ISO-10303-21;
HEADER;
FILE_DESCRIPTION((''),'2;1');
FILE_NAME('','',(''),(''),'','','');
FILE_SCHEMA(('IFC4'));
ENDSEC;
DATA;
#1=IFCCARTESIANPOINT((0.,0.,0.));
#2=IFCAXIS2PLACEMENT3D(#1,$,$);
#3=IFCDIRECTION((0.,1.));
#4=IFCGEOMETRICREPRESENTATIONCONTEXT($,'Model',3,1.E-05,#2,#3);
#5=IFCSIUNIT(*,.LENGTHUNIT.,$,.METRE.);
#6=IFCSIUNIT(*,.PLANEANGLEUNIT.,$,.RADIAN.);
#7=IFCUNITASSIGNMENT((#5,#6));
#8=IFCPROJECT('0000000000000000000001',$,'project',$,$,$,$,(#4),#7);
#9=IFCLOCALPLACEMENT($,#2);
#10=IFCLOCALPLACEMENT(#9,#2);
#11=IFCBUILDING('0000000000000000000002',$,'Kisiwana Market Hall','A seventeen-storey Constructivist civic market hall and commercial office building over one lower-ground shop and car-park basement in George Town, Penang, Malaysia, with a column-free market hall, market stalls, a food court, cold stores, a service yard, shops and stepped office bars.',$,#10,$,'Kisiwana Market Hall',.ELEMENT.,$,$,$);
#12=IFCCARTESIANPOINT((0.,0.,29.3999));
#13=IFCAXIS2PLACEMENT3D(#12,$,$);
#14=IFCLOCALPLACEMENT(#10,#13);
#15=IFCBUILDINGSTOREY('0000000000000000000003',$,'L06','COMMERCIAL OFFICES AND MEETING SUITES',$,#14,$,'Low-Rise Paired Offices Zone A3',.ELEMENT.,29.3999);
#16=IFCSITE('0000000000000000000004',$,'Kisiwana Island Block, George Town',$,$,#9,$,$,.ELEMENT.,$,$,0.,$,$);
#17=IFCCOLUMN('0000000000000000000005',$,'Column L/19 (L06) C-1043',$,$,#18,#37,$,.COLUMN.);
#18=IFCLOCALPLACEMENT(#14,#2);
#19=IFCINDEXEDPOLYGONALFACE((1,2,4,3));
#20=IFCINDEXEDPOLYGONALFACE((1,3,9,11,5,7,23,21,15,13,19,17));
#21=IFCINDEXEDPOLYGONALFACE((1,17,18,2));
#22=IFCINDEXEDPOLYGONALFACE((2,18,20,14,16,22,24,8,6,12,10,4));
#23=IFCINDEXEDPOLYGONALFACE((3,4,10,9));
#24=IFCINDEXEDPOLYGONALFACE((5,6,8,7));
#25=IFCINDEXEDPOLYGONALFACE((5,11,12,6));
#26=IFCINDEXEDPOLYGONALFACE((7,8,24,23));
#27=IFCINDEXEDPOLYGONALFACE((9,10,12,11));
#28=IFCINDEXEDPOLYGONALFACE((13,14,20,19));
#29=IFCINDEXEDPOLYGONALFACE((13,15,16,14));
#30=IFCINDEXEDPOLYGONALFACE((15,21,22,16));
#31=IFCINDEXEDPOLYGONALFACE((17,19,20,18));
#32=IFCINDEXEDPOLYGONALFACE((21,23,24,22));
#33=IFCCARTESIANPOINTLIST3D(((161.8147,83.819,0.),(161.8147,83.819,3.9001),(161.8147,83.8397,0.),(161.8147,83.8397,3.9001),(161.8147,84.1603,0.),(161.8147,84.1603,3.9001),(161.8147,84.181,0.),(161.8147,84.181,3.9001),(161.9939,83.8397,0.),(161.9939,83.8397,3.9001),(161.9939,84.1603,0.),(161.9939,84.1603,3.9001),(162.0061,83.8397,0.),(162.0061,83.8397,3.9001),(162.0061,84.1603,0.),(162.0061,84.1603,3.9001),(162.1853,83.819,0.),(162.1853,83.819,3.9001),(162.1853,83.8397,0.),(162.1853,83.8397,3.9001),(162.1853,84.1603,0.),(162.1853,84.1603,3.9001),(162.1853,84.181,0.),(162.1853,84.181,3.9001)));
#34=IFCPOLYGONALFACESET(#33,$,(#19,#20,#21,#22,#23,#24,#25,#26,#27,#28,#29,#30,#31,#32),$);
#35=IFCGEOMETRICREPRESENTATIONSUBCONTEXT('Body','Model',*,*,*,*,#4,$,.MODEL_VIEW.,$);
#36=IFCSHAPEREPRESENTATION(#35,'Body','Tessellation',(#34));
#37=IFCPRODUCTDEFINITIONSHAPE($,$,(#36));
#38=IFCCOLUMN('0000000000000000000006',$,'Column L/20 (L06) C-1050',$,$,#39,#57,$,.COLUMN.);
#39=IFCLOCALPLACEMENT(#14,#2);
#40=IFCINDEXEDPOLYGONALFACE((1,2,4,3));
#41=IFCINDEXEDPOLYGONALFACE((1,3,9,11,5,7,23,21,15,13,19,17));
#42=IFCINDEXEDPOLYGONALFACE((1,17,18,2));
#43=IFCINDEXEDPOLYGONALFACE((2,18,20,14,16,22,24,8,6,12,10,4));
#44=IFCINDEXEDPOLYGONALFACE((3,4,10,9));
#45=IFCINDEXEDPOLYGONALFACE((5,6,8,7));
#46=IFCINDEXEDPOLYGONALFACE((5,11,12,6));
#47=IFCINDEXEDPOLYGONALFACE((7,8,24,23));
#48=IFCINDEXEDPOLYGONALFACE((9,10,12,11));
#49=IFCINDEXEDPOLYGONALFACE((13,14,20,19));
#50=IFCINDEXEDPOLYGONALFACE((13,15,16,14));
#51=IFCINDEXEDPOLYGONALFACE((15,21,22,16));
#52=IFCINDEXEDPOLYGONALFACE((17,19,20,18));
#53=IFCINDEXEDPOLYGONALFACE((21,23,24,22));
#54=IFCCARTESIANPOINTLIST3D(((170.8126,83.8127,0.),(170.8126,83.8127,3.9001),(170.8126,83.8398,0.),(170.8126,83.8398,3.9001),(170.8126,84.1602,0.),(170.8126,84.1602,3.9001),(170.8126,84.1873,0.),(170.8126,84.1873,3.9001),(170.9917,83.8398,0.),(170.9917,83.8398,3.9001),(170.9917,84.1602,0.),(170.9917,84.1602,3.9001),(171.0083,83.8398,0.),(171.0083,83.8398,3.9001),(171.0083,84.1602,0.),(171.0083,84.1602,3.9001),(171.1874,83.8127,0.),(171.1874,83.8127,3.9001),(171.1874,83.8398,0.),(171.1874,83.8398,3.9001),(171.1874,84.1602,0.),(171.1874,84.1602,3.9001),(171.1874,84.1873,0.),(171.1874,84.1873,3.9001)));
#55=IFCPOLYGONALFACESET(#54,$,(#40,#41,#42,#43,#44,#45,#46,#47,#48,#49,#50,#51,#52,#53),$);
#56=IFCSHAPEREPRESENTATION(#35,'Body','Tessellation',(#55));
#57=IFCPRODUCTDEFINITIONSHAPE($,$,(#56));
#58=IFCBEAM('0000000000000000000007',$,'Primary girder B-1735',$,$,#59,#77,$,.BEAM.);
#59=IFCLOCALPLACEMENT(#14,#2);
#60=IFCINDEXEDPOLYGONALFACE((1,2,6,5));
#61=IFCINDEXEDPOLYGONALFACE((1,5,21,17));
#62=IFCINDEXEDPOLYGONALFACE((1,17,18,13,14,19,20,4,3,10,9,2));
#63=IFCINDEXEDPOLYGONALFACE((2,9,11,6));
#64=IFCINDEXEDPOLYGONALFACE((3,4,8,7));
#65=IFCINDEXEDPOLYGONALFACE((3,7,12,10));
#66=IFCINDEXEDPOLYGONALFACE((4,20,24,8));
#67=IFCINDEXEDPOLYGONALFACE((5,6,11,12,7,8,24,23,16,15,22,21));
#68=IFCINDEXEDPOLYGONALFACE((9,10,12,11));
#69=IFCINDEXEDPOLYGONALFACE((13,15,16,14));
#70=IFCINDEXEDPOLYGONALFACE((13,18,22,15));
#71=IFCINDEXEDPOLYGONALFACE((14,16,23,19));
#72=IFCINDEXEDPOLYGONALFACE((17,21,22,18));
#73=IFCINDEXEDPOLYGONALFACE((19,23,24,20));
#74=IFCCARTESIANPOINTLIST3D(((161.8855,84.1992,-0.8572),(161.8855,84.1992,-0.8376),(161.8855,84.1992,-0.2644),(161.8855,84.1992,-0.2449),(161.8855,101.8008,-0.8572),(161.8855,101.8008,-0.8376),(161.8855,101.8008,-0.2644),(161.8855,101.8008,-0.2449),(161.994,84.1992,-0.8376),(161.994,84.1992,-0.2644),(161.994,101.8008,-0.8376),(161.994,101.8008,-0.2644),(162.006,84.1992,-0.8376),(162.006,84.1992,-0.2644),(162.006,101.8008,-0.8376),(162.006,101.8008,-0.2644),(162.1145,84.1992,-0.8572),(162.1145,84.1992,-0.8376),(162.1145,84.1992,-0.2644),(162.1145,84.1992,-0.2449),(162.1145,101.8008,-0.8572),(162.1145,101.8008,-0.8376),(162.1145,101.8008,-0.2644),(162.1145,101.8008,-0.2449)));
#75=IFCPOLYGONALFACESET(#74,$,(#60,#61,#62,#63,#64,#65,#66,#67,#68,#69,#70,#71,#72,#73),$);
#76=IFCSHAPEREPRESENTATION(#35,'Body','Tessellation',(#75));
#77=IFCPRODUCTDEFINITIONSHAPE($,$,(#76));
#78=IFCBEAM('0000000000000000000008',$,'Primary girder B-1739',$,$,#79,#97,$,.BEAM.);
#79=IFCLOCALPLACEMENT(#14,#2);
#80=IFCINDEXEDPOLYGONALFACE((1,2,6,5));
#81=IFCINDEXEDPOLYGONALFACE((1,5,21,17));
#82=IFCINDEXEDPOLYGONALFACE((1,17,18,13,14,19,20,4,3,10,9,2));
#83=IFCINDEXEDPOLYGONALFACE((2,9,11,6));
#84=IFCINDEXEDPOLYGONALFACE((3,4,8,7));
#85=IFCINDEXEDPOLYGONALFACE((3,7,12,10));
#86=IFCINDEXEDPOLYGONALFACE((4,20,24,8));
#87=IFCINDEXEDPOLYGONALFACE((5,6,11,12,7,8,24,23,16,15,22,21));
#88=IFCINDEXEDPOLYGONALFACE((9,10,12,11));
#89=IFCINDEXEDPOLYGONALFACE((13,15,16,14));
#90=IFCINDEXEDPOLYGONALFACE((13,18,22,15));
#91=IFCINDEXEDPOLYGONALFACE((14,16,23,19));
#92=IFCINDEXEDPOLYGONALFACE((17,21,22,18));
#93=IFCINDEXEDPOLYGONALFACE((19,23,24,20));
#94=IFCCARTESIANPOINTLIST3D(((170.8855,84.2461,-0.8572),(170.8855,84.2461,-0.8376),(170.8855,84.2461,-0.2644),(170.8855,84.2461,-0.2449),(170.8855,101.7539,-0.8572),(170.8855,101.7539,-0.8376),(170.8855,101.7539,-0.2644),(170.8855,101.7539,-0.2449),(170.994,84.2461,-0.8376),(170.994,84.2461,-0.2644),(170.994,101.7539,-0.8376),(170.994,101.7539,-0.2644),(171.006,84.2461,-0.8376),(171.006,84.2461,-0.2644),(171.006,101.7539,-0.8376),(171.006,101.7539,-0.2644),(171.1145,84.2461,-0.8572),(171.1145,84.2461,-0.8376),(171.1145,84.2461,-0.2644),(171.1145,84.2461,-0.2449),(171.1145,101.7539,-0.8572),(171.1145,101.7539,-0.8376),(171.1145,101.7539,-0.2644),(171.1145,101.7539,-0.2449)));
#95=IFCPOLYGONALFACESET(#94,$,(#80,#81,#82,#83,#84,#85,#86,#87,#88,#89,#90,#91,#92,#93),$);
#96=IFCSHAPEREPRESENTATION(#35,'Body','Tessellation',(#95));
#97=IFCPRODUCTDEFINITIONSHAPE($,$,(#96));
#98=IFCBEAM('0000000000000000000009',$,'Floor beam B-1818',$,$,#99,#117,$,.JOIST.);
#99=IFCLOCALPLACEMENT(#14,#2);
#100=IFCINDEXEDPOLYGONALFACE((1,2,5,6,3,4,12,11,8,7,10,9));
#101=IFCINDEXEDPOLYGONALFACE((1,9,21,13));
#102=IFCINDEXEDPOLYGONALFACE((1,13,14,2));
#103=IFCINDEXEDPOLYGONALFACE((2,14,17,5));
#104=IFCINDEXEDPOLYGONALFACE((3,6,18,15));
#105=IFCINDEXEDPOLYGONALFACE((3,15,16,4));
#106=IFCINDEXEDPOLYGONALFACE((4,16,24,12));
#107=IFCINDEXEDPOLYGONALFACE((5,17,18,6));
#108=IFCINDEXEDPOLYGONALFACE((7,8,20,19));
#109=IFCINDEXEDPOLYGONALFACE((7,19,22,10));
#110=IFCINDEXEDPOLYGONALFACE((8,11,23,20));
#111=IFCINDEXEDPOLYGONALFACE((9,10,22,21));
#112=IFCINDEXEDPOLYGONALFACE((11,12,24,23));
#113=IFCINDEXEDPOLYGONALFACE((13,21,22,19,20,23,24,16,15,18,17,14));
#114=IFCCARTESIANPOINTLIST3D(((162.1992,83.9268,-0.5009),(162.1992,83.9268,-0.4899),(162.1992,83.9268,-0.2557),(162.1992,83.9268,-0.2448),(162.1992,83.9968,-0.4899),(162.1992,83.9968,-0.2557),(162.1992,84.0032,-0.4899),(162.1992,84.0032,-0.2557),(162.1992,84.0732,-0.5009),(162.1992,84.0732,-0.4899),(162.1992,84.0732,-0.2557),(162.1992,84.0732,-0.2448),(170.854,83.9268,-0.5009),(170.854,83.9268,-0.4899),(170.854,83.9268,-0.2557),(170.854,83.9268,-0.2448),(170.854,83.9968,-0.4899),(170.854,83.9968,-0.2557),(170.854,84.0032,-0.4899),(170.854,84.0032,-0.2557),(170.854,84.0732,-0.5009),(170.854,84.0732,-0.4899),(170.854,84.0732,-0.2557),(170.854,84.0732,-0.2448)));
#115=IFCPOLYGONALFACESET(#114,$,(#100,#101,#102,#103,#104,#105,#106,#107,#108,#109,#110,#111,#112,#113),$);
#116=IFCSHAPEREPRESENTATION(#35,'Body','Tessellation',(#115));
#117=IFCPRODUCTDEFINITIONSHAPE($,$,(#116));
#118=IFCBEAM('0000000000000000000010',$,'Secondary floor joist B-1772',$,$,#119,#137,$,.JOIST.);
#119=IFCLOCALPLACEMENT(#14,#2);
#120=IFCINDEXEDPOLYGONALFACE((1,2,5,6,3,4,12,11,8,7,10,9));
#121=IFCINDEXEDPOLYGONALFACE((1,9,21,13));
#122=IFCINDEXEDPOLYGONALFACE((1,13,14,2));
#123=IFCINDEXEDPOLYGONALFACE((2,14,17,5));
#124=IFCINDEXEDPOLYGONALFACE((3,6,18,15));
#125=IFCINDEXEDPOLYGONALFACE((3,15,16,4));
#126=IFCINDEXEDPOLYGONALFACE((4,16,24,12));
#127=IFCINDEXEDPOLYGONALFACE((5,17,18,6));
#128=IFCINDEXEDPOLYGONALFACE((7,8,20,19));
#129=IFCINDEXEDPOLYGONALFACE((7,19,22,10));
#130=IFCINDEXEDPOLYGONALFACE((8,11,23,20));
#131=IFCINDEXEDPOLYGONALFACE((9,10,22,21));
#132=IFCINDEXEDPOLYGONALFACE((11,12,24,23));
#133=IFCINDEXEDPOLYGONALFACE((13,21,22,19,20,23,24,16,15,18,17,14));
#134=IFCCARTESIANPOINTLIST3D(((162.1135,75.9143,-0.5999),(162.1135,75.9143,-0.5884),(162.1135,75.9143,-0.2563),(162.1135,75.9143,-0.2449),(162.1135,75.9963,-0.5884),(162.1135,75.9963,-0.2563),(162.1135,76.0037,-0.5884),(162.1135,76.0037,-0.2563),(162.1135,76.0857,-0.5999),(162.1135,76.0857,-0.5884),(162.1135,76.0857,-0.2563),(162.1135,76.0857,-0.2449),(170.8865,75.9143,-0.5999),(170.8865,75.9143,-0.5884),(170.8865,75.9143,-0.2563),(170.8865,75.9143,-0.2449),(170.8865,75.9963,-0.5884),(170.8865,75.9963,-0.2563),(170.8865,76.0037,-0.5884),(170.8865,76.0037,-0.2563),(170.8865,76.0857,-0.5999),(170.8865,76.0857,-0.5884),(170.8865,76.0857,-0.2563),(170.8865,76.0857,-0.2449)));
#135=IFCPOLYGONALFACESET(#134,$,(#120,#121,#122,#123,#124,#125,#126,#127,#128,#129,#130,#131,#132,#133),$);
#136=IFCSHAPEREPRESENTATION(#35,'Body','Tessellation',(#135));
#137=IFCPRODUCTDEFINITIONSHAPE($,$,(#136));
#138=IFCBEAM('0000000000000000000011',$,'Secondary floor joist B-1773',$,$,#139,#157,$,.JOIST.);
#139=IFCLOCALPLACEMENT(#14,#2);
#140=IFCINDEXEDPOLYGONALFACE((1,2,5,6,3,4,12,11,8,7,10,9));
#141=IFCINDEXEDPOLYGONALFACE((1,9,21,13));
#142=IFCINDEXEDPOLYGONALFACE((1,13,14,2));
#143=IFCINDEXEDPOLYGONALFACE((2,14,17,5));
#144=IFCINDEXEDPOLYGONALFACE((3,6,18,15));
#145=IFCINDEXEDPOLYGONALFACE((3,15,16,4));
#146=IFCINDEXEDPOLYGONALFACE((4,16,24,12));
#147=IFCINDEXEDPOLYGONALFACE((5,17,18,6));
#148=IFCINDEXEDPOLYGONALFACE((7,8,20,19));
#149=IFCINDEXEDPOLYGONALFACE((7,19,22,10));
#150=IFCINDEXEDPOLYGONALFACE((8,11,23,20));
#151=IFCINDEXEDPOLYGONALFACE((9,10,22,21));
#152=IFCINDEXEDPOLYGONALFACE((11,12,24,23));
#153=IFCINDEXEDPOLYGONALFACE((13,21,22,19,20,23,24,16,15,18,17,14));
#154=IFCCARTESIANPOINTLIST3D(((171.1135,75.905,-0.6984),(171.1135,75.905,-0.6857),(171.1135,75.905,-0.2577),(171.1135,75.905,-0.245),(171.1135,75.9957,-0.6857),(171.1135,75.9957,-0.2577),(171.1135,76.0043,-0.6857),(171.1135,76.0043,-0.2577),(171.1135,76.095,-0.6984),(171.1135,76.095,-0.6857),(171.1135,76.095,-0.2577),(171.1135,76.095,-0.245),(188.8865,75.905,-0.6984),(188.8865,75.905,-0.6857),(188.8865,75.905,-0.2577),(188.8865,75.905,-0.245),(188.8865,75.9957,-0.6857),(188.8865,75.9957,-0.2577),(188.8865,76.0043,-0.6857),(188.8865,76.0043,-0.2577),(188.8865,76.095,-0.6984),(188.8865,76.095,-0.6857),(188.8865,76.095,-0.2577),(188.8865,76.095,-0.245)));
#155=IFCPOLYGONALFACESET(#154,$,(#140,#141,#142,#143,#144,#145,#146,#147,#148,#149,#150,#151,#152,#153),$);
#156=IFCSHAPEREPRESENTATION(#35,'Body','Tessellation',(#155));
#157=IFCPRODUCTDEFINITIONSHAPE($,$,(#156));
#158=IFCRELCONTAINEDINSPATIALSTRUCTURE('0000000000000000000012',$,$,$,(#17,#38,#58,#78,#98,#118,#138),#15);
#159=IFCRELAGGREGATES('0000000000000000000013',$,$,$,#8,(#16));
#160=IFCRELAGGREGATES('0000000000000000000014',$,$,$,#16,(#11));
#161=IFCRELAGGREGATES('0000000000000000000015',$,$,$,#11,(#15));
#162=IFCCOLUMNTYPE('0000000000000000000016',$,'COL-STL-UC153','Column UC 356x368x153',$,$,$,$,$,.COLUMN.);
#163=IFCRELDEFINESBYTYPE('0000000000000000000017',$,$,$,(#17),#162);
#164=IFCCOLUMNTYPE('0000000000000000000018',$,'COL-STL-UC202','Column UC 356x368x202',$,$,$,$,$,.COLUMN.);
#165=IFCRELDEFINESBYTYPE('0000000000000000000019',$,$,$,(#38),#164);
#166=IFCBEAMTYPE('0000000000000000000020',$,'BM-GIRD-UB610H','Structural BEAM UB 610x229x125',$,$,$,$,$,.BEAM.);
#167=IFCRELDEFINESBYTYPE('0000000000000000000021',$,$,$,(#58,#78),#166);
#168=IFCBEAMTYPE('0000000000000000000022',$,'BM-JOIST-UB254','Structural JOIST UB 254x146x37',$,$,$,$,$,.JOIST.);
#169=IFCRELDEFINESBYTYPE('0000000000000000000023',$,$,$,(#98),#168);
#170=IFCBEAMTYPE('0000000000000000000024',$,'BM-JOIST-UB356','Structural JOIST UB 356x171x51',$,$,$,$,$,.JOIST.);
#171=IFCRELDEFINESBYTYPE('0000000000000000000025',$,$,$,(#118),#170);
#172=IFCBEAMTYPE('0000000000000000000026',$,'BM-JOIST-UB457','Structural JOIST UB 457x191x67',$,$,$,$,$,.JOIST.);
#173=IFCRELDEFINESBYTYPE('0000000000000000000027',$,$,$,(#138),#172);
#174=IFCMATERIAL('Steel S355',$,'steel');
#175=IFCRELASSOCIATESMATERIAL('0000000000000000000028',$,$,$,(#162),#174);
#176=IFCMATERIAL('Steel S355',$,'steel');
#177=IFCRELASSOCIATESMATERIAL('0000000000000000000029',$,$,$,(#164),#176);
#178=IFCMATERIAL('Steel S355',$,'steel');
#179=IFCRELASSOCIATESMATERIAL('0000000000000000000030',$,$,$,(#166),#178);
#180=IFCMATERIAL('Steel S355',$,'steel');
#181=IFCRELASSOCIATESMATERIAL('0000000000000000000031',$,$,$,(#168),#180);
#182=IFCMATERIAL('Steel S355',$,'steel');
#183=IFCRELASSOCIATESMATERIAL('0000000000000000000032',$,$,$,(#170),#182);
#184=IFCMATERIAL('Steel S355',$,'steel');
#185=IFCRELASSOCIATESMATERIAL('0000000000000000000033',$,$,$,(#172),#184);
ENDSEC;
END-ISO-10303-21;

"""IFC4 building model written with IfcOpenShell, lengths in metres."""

from ifc_helpers import new_model, si_unit, direction, frame, origin, origin_2d, place, context, subcontext, project, spatial, i_section, extrude, material, material_profile, profile_set, type_object, element, save


model = new_model("IFC4")

# Units and contexts
model_context = context("Model", 3, precision=1e-05, world=origin(), true_north=direction((0.0, 1.0)))
body_context = subcontext(model_context, "Body", "Model", "MODEL_VIEW")
ifc_project = project(units=[si_unit("LENGTHUNIT", "METRE"), si_unit("PLANEANGLEUNIT", "RADIAN")], contexts=[model_context])

# Site, building, storey
site_placement = place(None, origin())
site = spatial("IfcSite", under=ifc_project, at=site_placement, Name="Kisiwana Island Block, George Town", CompositionType="ELEMENT", RefElevation=0.0)
building_placement = place(site_placement, origin())
building = spatial("IfcBuilding", under=site, at=building_placement, Name="Kisiwana Market Hall", Description="A seventeen-storey Constructivist civic market hall and commercial office building over one lower-ground shop and car-park basement in George Town, Penang, Malaysia, with a column-free market hall, market stalls, a food court, cold stores, a service yard, shops and stepped office bars.", LongName="Kisiwana Market Hall", CompositionType="ELEMENT")
storey_placement = place(building_placement, frame((0.0, 0.0, 29.3999)))
storey = spatial("IfcBuildingStorey", under=building, at=storey_placement, Name="L06", Description="COMMERCIAL OFFICES AND MEETING SUITES", LongName="Low-Rise Paired Offices Zone A3", CompositionType="ELEMENT", Elevation=29.3999)

# Columns
ifc_material_1 = material(Name="Steel S355", Category="steel")
ifc_material_profile_1 = material_profile(ifc_material_1, i_section(OverallWidth=0.3706, OverallDepth=0.3621, WebThickness=0.0122, FlangeThickness=0.0208, at=origin_2d()), Name="UC 356x368x153")
ifc_profile_set_1 = profile_set([ifc_material_profile_1], Name="Steel S355")
column_type_1 = type_object("IfcColumnType", Name="COL-STL-UC153", Description="Column UC 356x368x153", PredefinedType="COLUMN", material=ifc_profile_set_1)
column_1_placement = place(storey_placement, frame((162.0, 84.0, 0.0), z_axis=(0.0, 0.0, 1.0), x_axis=(1.0, 0.0, 0.0)))
element("IfcColumn", 1, at=column_1_placement, inside=storey, type_object=column_type_1, Name="Column L/19 (L06) C-1043", PredefinedType="COLUMN", context=body_context, shape_type="SweptSolid", body=[
    extrude(i_section(OverallWidth=0.3706, OverallDepth=0.3621, WebThickness=0.0122, FlangeThickness=0.0208, at=origin_2d()), origin(), (0.0, 0.0, 1.0), 3.9001),
])
ifc_material_2 = material(Name="Steel S355", Category="steel")
ifc_material_profile_2 = material_profile(ifc_material_2, i_section(OverallWidth=0.3748, OverallDepth=0.3745, WebThickness=0.0166, FlangeThickness=0.0271, at=origin_2d()), Name="UC 356x368x202")
ifc_profile_set_2 = profile_set([ifc_material_profile_2], Name="Steel S355")
column_type_2 = type_object("IfcColumnType", Name="COL-STL-UC202", Description="Column UC 356x368x202", PredefinedType="COLUMN", material=ifc_profile_set_2)
column_2_placement = place(storey_placement, frame((171.0, 84.0, 0.0), z_axis=(0.0, 0.0, 1.0), x_axis=(1.0, 0.0, 0.0)))
element("IfcColumn", 2, at=column_2_placement, inside=storey, type_object=column_type_2, Name="Column L/20 (L06) C-1050", PredefinedType="COLUMN", context=body_context, shape_type="SweptSolid", body=[
    extrude(i_section(OverallWidth=0.3748, OverallDepth=0.3745, WebThickness=0.0166, FlangeThickness=0.0271, at=origin_2d()), origin(), (0.0, 0.0, 1.0), 3.9001),
])

# Beams
ifc_material_3 = material(Name="Steel S355", Category="steel")
ifc_material_profile_3 = material_profile(ifc_material_3, i_section(OverallWidth=0.229, OverallDepth=0.6123, WebThickness=0.012, FlangeThickness=0.0195, at=origin_2d()), Name="UB 610x229x125")
ifc_profile_set_3 = profile_set([ifc_material_profile_3], Name="Steel S355")
beam_type_1 = type_object("IfcBeamType", Name="BM-GIRD-UB610H", Description="Structural BEAM UB 610x229x125", PredefinedType="BEAM", material=ifc_profile_set_3)
beam_1_placement = place(storey_placement, frame((162.0, 84.1992, -0.551), z_axis=(0.0, 1.0, 0.0), x_axis=(-1.0, 0.0, 0.0)))
element("IfcBeam", 3, at=beam_1_placement, inside=storey, type_object=beam_type_1, Name="Primary girder B-1735", PredefinedType="BEAM", context=body_context, shape_type="SweptSolid", body=[
    extrude(i_section(OverallWidth=0.229, OverallDepth=0.6123, WebThickness=0.012, FlangeThickness=0.0195, at=origin_2d()), origin(), (0.0, 0.0, 1.0), 17.6016),
])
beam_2_placement = place(storey_placement, frame((171.0, 84.2461, -0.551), z_axis=(0.0, 1.0, 0.0), x_axis=(-1.0, 0.0, 0.0)))
element("IfcBeam", 4, at=beam_2_placement, inside=storey, type_object=beam_type_1, Name="Primary girder B-1739", PredefinedType="BEAM", context=body_context, shape_type="SweptSolid", body=[
    extrude(i_section(OverallWidth=0.229, OverallDepth=0.6123, WebThickness=0.012, FlangeThickness=0.0195, at=origin_2d()), origin(), (0.0, 0.0, 1.0), 17.5078),
])
ifc_material_4 = material(Name="Steel S355", Category="steel")
ifc_material_profile_4 = material_profile(ifc_material_4, i_section(OverallWidth=0.1465, OverallDepth=0.2561, WebThickness=0.0063, FlangeThickness=0.011, at=origin_2d()), Name="UB 254x146x37")
ifc_profile_set_4 = profile_set([ifc_material_profile_4], Name="Steel S355")
beam_type_2 = type_object("IfcBeamType", Name="BM-JOIST-UB254", Description="Structural JOIST UB 254x146x37", PredefinedType="JOIST", material=ifc_profile_set_4)
beam_3_placement = place(storey_placement, frame((162.1992, 84.0, -0.3728), z_axis=(1.0, 0.0, 0.0), x_axis=(0.0, 1.0, 0.0)))
element("IfcBeam", 5, at=beam_3_placement, inside=storey, type_object=beam_type_2, Name="Floor beam B-1818", PredefinedType="JOIST", context=body_context, shape_type="SweptSolid", body=[
    extrude(i_section(OverallWidth=0.1465, OverallDepth=0.2561, WebThickness=0.0063, FlangeThickness=0.011, at=origin_2d()), origin(), (0.0, 0.0, 1.0), 8.6548),
])
ifc_material_5 = material(Name="Steel S355", Category="steel")
ifc_material_profile_5 = material_profile(ifc_material_5, i_section(OverallWidth=0.1714, OverallDepth=0.355, WebThickness=0.0073, FlangeThickness=0.0115, at=origin_2d()), Name="UB 356x171x51")
ifc_profile_set_5 = profile_set([ifc_material_profile_5], Name="Steel S355")
beam_type_3 = type_object("IfcBeamType", Name="BM-JOIST-UB356", Description="Structural JOIST UB 356x171x51", PredefinedType="JOIST", material=ifc_profile_set_5)
beam_4_placement = place(storey_placement, frame((162.1135, 76.0, -0.4224), z_axis=(1.0, 0.0, 0.0), x_axis=(0.0, 1.0, 0.0)))
element("IfcBeam", 6, at=beam_4_placement, inside=storey, type_object=beam_type_3, Name="Secondary floor joist B-1772", PredefinedType="JOIST", context=body_context, shape_type="SweptSolid", body=[
    extrude(i_section(OverallWidth=0.1714, OverallDepth=0.355, WebThickness=0.0073, FlangeThickness=0.0115, at=origin_2d()), origin(), (0.0, 0.0, 1.0), 8.7729),
])
ifc_material_6 = material(Name="Steel S355", Category="steel")
ifc_material_profile_6 = material_profile(ifc_material_6, i_section(OverallWidth=0.1899, OverallDepth=0.4534, WebThickness=0.0085, FlangeThickness=0.0127, at=origin_2d()), Name="UB 457x191x67")
ifc_profile_set_6 = profile_set([ifc_material_profile_6], Name="Steel S355")
beam_type_4 = type_object("IfcBeamType", Name="BM-JOIST-UB457", Description="Structural JOIST UB 457x191x67", PredefinedType="JOIST", material=ifc_profile_set_6)
beam_5_placement = place(storey_placement, frame((171.1135, 76.0, -0.4717), z_axis=(1.0, 0.0, 0.0), x_axis=(0.0, 1.0, 0.0)))
element("IfcBeam", 7, at=beam_5_placement, inside=storey, type_object=beam_type_4, Name="Secondary floor joist B-1773", PredefinedType="JOIST", context=body_context, shape_type="SweptSolid", body=[
    extrude(i_section(OverallWidth=0.1899, OverallDepth=0.4534, WebThickness=0.0085, FlangeThickness=0.0127, at=origin_2d()), origin(), (0.0, 0.0, 1.0), 17.7729),
])

save(model, "model.ifc")
